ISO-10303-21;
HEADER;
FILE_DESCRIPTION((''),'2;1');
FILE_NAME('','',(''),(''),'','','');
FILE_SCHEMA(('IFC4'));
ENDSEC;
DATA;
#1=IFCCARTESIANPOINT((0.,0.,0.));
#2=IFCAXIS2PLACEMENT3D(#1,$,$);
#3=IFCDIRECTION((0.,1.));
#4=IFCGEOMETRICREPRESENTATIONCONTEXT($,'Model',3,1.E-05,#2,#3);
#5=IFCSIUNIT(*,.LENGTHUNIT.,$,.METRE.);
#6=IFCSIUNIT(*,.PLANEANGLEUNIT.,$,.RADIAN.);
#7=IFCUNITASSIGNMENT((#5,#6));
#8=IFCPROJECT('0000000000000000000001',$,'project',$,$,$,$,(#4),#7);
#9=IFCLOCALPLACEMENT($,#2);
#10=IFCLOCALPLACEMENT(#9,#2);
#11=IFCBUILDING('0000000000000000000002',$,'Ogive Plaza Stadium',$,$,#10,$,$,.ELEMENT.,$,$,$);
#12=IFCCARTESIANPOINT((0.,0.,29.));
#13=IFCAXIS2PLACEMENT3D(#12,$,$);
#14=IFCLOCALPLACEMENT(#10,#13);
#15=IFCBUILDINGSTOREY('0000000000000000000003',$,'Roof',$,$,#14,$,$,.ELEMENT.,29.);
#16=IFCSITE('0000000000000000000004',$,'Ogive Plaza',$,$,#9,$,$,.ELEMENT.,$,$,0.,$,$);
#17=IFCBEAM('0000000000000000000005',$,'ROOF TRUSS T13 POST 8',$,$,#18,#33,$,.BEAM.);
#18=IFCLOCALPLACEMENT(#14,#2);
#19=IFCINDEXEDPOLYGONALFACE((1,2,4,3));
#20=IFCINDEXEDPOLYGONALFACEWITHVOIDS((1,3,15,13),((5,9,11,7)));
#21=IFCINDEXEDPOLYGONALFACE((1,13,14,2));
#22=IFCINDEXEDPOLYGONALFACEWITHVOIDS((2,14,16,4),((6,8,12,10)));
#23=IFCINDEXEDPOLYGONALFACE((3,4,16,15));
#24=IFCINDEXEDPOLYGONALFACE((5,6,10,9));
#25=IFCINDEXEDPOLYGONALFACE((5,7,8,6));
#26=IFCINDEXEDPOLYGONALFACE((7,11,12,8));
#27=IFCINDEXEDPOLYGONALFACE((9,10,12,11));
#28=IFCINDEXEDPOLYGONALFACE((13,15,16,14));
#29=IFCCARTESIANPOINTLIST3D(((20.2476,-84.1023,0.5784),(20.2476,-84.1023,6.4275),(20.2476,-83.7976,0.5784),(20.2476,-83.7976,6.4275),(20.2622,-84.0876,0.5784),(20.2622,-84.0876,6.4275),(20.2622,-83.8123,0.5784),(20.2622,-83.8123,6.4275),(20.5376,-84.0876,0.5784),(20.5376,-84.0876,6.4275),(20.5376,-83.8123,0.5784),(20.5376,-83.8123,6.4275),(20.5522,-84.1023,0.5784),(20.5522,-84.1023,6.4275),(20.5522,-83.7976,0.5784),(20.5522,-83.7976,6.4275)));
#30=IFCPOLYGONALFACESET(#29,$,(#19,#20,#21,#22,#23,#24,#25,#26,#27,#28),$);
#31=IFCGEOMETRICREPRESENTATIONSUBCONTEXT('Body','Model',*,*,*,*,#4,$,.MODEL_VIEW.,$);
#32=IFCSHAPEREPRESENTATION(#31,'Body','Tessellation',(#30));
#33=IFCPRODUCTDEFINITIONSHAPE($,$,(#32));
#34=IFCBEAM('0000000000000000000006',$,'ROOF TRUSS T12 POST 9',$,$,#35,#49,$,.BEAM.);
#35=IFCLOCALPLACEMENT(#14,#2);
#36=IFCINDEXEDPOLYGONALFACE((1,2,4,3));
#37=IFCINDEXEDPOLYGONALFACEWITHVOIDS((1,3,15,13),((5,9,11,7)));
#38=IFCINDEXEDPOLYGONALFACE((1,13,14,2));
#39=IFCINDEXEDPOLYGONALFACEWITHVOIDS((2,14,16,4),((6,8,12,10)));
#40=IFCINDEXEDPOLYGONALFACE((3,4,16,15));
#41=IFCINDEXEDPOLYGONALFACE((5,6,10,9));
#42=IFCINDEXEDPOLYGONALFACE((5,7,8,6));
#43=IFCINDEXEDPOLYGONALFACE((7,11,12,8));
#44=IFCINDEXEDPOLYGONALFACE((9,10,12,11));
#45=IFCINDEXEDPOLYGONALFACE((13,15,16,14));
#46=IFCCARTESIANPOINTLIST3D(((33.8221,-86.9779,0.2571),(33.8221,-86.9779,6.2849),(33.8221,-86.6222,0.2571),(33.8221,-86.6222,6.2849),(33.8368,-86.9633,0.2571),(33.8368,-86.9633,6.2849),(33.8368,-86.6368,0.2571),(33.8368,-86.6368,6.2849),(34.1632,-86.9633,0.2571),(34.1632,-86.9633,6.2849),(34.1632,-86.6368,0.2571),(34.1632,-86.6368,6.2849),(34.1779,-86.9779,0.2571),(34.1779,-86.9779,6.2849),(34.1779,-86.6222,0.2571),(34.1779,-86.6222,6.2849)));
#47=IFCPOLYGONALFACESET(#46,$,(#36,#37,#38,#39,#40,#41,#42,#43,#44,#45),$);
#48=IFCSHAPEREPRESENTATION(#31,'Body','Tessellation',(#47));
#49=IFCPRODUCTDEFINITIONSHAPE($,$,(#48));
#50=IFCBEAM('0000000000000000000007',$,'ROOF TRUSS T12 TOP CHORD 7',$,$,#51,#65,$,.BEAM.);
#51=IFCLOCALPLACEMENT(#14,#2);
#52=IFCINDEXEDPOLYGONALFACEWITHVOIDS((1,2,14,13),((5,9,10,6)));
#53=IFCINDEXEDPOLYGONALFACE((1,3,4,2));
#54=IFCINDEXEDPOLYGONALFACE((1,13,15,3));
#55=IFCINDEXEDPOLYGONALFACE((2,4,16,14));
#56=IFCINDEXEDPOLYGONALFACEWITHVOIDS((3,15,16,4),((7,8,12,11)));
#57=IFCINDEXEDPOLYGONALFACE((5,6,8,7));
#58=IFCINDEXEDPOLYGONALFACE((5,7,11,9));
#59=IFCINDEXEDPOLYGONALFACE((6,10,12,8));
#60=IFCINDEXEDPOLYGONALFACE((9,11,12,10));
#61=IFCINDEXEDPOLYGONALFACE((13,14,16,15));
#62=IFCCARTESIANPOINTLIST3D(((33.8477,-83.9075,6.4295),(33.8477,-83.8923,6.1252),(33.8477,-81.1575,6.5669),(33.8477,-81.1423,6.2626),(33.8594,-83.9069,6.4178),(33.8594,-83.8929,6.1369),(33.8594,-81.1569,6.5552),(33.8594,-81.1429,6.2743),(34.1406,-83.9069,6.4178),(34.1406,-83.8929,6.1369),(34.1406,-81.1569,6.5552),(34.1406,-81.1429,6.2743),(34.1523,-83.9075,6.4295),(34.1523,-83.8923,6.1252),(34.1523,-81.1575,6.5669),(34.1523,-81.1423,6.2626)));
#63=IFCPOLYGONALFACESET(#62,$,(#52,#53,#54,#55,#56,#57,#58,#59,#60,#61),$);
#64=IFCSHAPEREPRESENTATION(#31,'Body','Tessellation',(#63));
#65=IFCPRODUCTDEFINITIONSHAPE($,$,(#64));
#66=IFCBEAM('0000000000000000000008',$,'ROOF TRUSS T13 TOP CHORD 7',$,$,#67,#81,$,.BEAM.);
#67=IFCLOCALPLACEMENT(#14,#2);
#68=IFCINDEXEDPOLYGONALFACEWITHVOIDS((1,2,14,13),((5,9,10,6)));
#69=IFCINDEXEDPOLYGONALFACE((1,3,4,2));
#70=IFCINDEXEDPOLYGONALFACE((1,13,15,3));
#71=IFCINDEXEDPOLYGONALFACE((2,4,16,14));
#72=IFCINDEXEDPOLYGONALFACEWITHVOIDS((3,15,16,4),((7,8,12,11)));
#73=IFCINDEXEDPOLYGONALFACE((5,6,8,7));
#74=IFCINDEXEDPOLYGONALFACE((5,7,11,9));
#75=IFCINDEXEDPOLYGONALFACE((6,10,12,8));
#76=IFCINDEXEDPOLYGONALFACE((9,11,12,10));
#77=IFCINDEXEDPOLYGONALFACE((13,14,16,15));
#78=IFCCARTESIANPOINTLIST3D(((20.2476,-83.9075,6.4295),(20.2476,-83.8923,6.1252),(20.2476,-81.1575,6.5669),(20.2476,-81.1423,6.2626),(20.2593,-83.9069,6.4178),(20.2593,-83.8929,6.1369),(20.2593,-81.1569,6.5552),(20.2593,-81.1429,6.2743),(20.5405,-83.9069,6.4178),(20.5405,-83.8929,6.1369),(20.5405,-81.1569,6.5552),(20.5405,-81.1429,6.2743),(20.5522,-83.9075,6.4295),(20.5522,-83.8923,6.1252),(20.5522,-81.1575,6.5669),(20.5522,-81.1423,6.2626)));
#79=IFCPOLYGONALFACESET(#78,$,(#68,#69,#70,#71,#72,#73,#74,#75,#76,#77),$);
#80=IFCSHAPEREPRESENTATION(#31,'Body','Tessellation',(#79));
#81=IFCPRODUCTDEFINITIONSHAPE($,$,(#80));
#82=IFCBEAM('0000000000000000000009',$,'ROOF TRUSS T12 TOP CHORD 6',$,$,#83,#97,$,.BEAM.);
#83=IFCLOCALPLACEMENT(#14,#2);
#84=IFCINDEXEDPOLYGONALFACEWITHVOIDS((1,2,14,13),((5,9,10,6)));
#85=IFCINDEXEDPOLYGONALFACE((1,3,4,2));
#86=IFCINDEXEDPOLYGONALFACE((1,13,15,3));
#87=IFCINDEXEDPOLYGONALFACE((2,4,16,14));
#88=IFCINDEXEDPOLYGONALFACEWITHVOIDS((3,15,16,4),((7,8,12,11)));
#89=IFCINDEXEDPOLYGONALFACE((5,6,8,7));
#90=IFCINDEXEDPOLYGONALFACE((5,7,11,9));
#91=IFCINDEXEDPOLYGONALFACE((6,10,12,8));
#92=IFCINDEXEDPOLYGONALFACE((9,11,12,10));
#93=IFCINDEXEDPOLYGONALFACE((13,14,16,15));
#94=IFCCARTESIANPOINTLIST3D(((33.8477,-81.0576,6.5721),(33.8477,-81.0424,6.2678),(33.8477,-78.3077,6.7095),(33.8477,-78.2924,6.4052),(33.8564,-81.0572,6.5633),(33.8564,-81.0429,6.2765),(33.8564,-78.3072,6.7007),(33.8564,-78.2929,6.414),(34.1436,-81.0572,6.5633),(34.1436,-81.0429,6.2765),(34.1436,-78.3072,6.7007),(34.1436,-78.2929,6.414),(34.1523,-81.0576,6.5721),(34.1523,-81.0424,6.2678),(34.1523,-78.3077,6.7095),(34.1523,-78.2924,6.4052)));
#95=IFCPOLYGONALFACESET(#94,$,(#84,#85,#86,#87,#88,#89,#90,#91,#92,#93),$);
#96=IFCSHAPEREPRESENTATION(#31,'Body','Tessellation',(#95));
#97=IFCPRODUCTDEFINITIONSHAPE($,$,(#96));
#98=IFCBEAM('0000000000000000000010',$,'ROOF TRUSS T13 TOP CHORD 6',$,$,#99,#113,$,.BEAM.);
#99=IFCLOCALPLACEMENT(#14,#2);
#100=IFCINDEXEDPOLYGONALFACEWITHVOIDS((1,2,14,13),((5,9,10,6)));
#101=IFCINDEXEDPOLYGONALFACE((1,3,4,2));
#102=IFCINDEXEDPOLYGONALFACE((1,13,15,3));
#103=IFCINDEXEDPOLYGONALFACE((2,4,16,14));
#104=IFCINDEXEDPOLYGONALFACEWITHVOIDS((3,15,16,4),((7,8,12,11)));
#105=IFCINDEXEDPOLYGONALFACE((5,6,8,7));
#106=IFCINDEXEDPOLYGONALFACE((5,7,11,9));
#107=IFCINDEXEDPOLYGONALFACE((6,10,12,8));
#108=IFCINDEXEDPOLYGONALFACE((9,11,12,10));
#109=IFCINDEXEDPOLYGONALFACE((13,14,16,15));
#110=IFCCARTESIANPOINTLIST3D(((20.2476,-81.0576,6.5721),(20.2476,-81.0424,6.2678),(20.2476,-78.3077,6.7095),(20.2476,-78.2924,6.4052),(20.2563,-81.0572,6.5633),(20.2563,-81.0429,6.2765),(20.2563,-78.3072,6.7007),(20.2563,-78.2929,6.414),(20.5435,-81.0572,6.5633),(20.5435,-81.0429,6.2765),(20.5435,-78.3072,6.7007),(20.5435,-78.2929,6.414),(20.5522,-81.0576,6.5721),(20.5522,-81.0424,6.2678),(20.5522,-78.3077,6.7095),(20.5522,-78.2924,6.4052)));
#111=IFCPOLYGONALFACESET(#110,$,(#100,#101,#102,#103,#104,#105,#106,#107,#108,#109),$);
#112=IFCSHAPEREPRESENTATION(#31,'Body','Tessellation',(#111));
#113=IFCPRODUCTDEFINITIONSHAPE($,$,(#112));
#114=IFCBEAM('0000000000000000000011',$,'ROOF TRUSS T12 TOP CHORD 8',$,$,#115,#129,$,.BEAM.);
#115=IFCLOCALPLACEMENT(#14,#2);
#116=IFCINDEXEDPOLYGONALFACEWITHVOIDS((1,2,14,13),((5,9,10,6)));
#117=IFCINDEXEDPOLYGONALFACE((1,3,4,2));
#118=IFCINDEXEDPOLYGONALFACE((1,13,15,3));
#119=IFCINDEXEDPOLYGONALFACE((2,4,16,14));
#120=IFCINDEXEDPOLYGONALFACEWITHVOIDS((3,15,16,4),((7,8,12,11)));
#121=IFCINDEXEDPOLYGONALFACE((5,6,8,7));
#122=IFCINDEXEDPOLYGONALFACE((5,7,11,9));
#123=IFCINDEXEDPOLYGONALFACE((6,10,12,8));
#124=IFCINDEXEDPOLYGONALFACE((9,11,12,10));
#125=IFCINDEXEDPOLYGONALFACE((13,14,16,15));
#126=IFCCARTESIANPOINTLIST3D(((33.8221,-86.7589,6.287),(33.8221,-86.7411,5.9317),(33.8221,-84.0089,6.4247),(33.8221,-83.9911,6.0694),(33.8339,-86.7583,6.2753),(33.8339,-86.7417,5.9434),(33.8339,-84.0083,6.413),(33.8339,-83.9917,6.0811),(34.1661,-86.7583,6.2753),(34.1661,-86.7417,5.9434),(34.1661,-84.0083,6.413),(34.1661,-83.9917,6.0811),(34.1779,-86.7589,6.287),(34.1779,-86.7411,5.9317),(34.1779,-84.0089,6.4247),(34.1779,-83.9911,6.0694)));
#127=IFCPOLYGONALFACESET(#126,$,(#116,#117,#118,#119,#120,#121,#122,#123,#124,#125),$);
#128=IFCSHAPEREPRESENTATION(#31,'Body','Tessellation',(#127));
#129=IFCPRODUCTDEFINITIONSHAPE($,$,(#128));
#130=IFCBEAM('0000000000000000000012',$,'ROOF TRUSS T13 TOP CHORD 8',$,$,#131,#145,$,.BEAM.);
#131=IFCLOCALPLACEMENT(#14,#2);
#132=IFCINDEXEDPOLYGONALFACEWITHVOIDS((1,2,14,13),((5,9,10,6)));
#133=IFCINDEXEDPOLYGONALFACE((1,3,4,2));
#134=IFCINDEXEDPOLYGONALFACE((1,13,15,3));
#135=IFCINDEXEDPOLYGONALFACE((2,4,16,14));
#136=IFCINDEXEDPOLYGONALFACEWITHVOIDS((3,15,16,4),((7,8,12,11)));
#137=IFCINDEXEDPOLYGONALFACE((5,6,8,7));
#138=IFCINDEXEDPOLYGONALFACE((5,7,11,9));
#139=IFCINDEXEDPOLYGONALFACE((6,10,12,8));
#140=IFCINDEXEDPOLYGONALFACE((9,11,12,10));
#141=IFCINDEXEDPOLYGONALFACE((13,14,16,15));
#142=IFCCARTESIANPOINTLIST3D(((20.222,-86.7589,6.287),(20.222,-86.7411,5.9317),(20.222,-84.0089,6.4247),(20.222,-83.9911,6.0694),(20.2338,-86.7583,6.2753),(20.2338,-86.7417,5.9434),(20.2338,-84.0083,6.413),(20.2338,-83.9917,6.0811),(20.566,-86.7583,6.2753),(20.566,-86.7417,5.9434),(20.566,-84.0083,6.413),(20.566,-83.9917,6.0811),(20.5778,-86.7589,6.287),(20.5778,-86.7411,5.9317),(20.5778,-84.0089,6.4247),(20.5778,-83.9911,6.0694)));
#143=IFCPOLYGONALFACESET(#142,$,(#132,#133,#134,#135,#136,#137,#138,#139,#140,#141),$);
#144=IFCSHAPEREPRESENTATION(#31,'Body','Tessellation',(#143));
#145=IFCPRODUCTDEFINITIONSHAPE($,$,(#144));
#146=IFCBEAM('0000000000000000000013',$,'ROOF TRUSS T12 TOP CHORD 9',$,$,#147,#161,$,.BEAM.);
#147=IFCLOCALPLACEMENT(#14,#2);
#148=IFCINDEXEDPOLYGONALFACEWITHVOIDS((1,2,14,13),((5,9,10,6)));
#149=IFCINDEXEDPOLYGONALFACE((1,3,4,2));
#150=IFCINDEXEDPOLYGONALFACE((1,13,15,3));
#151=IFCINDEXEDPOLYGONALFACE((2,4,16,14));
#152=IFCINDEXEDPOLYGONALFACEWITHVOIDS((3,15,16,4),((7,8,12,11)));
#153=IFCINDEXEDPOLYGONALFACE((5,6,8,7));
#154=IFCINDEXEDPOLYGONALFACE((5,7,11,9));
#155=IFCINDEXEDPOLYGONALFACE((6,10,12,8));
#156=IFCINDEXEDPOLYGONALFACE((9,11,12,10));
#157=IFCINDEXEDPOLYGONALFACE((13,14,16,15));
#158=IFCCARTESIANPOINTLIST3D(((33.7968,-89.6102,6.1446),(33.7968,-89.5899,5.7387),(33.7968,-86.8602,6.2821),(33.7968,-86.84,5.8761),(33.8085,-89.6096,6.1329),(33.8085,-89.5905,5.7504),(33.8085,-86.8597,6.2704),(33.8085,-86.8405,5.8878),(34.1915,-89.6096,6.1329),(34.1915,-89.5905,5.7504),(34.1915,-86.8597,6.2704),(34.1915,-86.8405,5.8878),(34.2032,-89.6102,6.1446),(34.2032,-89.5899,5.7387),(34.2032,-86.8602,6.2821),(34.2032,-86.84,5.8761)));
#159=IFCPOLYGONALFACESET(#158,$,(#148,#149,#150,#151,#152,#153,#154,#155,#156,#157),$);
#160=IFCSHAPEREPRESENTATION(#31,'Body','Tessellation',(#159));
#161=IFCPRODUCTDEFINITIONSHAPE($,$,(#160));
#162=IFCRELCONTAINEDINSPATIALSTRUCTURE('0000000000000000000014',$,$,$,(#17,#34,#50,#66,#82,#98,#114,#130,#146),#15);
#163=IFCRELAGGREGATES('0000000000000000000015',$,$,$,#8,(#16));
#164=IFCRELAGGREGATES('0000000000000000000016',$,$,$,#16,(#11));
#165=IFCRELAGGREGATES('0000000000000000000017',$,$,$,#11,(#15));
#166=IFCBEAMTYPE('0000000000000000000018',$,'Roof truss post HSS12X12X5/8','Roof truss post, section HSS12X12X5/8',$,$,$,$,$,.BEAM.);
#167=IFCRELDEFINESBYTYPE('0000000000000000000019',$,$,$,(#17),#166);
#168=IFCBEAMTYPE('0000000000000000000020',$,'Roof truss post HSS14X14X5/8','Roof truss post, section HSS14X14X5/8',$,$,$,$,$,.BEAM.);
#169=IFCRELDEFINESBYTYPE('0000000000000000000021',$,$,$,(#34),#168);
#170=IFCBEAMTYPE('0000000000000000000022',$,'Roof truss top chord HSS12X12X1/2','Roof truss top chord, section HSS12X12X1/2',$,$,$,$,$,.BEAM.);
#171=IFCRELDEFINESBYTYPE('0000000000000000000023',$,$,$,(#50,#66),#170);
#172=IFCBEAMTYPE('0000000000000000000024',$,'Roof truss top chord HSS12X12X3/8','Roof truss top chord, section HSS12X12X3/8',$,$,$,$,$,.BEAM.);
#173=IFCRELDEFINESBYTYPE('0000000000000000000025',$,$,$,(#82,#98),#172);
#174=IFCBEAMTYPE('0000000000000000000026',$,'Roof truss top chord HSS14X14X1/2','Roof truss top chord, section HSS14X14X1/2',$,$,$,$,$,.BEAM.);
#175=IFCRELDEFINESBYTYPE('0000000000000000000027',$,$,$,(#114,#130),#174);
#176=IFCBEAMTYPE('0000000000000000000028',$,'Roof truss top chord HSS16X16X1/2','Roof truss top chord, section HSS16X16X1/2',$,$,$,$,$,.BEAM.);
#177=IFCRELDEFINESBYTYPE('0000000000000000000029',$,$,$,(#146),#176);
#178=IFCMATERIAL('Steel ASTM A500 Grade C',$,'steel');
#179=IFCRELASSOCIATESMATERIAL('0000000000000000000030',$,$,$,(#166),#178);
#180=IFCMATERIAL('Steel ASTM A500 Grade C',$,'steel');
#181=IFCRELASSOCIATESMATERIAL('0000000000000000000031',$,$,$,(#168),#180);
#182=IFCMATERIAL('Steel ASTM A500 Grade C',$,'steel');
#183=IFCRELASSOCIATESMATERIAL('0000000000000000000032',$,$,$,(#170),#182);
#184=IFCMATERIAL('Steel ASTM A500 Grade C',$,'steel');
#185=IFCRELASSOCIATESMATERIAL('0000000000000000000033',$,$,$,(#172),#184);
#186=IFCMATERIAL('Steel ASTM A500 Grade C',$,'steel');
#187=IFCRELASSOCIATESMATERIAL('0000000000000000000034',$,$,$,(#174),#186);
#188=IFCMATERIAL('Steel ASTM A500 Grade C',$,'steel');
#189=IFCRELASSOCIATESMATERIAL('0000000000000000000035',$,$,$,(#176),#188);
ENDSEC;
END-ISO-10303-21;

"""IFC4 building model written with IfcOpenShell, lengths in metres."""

from ifc_helpers import new_model, si_unit, direction, frame, origin, origin_2d, place, context, subcontext, project, spatial, hollow_rectangle, extrude, material, material_profile, profile_set, type_object, element, save


model = new_model("IFC4")

# Units and contexts
model_context = context("Model", 3, precision=1e-05, world=origin(), true_north=direction((0.0, 1.0)))
body_context = subcontext(model_context, "Body", "Model", "MODEL_VIEW")
ifc_project = project(units=[si_unit("LENGTHUNIT", "METRE"), si_unit("PLANEANGLEUNIT", "RADIAN")], contexts=[model_context])

# Site, building, storey
site_placement = place(None, origin())
site = spatial("IfcSite", under=ifc_project, at=site_placement, Name="Ogive Plaza", CompositionType="ELEMENT", RefElevation=0.0)
building_placement = place(site_placement, origin())
building = spatial("IfcBuilding", under=site, at=building_placement, Name="Ogive Plaza Stadium", CompositionType="ELEMENT")
storey_placement = place(building_placement, frame((0.0, 0.0, 29.0)))
storey = spatial("IfcBuildingStorey", under=building, at=storey_placement, Name="Roof", CompositionType="ELEMENT", Elevation=29.0)

# Beams
ifc_material_1 = material(Name="Steel ASTM A500 Grade C", Category="steel")
ifc_material_profile_1 = material_profile(ifc_material_1, hollow_rectangle(XDim=0.3047, YDim=0.3047, WallThickness=0.0146, at=origin_2d()), Name="HSS12X12X5/8")
ifc_profile_set_1 = profile_set([ifc_material_profile_1], Name="Steel ASTM A500 Grade C")
beam_type_1 = type_object("IfcBeamType", Name="Roof truss post HSS12X12X5/8", Description="Roof truss post, section HSS12X12X5/8", PredefinedType="BEAM", material=ifc_profile_set_1)
beam_1_placement = place(storey_placement, frame((20.3999, -83.95, 0.5784), z_axis=(0.0, 0.0, 1.0), x_axis=(1.0, 0.0, 0.0)))
element("IfcBeam", 1, at=beam_1_placement, inside=storey, type_object=beam_type_1, Name="ROOF TRUSS T13 POST 8", PredefinedType="BEAM", context=body_context, shape_type="SweptSolid", body=[
    extrude(hollow_rectangle(XDim=0.3047, YDim=0.3047, WallThickness=0.0146, at=origin_2d()), origin(), (0.0, 0.0, 1.0), 5.8491),
])
ifc_material_2 = material(Name="Steel ASTM A500 Grade C", Category="steel")
ifc_material_profile_2 = material_profile(ifc_material_2, hollow_rectangle(XDim=0.3557, YDim=0.3557, WallThickness=0.0146, at=origin_2d()), Name="HSS14X14X5/8")
ifc_profile_set_2 = profile_set([ifc_material_profile_2], Name="Steel ASTM A500 Grade C")
beam_type_2 = type_object("IfcBeamType", Name="Roof truss post HSS14X14X5/8", Description="Roof truss post, section HSS14X14X5/8", PredefinedType="BEAM", material=ifc_profile_set_2)
beam_2_placement = place(storey_placement, frame((34.0, -86.8, 0.2571), z_axis=(0.0, 0.0, 1.0), x_axis=(1.0, 0.0, 0.0)))
element("IfcBeam", 2, at=beam_2_placement, inside=storey, type_object=beam_type_2, Name="ROOF TRUSS T12 POST 9", PredefinedType="BEAM", context=body_context, shape_type="SweptSolid", body=[
    extrude(hollow_rectangle(XDim=0.3557, YDim=0.3557, WallThickness=0.0146, at=origin_2d()), origin(), (0.0, 0.0, 1.0), 6.0278),
])
ifc_material_3 = material(Name="Steel ASTM A500 Grade C", Category="steel")
ifc_material_profile_3 = material_profile(ifc_material_3, hollow_rectangle(XDim=0.3047, YDim=0.3047, WallThickness=0.0117, at=origin_2d()), Name="HSS12X12X1/2")
ifc_profile_set_3 = profile_set([ifc_material_profile_3], Name="Steel ASTM A500 Grade C")
beam_type_3 = type_object("IfcBeamType", Name="Roof truss top chord HSS12X12X1/2", Description="Roof truss top chord, section HSS12X12X1/2", PredefinedType="BEAM", material=ifc_profile_set_3)
for number, where, z_axis, x_axis, name in (
    (3, (34.0, -81.1499, 6.4148), (0.0, -0.998753, -0.04992), (1.0, 0.0, 0.0), "ROOF TRUSS T12 TOP CHORD 7"),
    (4, (20.3999, -81.1499, 6.4148), (0.0, -0.998753, -0.04992), (1.0, 0.0, 0.0), "ROOF TRUSS T13 TOP CHORD 7"),
):
    element("IfcBeam", number, at=place(storey_placement, frame(where, z_axis=z_axis, x_axis=x_axis)), inside=storey, type_object=beam_type_3, Name=name, PredefinedType="BEAM", context=body_context, shape_type="SweptSolid", body=[
        extrude(hollow_rectangle(XDim=0.3047, YDim=0.3047, WallThickness=0.0117, at=origin_2d()), origin(), (0.0, 0.0, 1.0), 2.7534),
    ])
ifc_material_4 = material(Name="Steel ASTM A500 Grade C", Category="steel")
ifc_material_profile_4 = material_profile(ifc_material_4, hollow_rectangle(XDim=0.3047, YDim=0.3047, WallThickness=0.0088, at=origin_2d()), Name="HSS12X12X3/8")
ifc_profile_set_4 = profile_set([ifc_material_profile_4], Name="Steel ASTM A500 Grade C")
beam_type_4 = type_object("IfcBeamType", Name="Roof truss top chord HSS12X12X3/8", Description="Roof truss top chord, section HSS12X12X3/8", PredefinedType="BEAM", material=ifc_profile_set_4)
for number, where, z_axis, x_axis, name in (
    (5, (34.0, -78.3, 6.5574), (0.0, -0.998753, -0.04992), (1.0, 0.0, 0.0), "ROOF TRUSS T12 TOP CHORD 6"),
    (6, (20.3999, -78.3, 6.5574), (0.0, -0.998753, -0.04992), (1.0, 0.0, 0.0), "ROOF TRUSS T13 TOP CHORD 6"),
):
    element("IfcBeam", number, at=place(storey_placement, frame(where, z_axis=z_axis, x_axis=x_axis)), inside=storey, type_object=beam_type_4, Name=name, PredefinedType="BEAM", context=body_context, shape_type="SweptSolid", body=[
        extrude(hollow_rectangle(XDim=0.3047, YDim=0.3047, WallThickness=0.0088, at=origin_2d()), origin(), (0.0, 0.0, 1.0), 2.7534),
    ])
ifc_material_5 = material(Name="Steel ASTM A500 Grade C", Category="steel")
ifc_material_profile_5 = material_profile(ifc_material_5, hollow_rectangle(XDim=0.3557, YDim=0.3557, WallThickness=0.0117, at=origin_2d()), Name="HSS14X14X1/2")
ifc_profile_set_5 = profile_set([ifc_material_profile_5], Name="Steel ASTM A500 Grade C")
beam_type_5 = type_object("IfcBeamType", Name="Roof truss top chord HSS14X14X1/2", Description="Roof truss top chord, section HSS14X14X1/2", PredefinedType="BEAM", material=ifc_profile_set_5)
for number, where, z_axis, x_axis, name in (
    (7, (34.0, -84.0, 6.2471), (0.0, -0.998749, -0.050008), (1.0, 0.0, 0.0), "ROOF TRUSS T12 TOP CHORD 8"),
    (8, (20.3999, -84.0, 6.2471), (0.0, -0.998749, -0.050008), (1.0, 0.0, 0.0), "ROOF TRUSS T13 TOP CHORD 8"),
):
    element("IfcBeam", number, at=place(storey_placement, frame(where, z_axis=z_axis, x_axis=x_axis)), inside=storey, type_object=beam_type_5, Name=name, PredefinedType="BEAM", context=body_context, shape_type="SweptSolid", body=[
        extrude(hollow_rectangle(XDim=0.3557, YDim=0.3557, WallThickness=0.0117, at=origin_2d()), origin(), (0.0, 0.0, 1.0), 2.7534),
    ])
ifc_material_6 = material(Name="Steel ASTM A500 Grade C", Category="steel")
ifc_material_profile_6 = material_profile(ifc_material_6, hollow_rectangle(XDim=0.4065, YDim=0.4065, WallThickness=0.0117, at=origin_2d()), Name="HSS16X16X1/2")
ifc_profile_set_6 = profile_set([ifc_material_profile_6], Name="Steel ASTM A500 Grade C")
beam_type_6 = type_object("IfcBeamType", Name="Roof truss top chord HSS16X16X1/2", Description="Roof truss top chord, section HSS16X16X1/2", PredefinedType="BEAM", material=ifc_profile_set_6)
beam_3_placement = place(storey_placement, frame((34.0, -86.8501, 6.0791), z_axis=(0.0, -0.998753, -0.04992), x_axis=(1.0, 0.0, 0.0)))
element("IfcBeam", 9, at=beam_3_placement, inside=storey, type_object=beam_type_6, Name="ROOF TRUSS T12 TOP CHORD 9", PredefinedType="BEAM", context=body_context, shape_type="SweptSolid", body=[
    extrude(hollow_rectangle(XDim=0.4065, YDim=0.4065, WallThickness=0.0117, at=origin_2d()), origin(), (0.0, 0.0, 1.0), 2.7534),
])

save(model, "model.ifc")
